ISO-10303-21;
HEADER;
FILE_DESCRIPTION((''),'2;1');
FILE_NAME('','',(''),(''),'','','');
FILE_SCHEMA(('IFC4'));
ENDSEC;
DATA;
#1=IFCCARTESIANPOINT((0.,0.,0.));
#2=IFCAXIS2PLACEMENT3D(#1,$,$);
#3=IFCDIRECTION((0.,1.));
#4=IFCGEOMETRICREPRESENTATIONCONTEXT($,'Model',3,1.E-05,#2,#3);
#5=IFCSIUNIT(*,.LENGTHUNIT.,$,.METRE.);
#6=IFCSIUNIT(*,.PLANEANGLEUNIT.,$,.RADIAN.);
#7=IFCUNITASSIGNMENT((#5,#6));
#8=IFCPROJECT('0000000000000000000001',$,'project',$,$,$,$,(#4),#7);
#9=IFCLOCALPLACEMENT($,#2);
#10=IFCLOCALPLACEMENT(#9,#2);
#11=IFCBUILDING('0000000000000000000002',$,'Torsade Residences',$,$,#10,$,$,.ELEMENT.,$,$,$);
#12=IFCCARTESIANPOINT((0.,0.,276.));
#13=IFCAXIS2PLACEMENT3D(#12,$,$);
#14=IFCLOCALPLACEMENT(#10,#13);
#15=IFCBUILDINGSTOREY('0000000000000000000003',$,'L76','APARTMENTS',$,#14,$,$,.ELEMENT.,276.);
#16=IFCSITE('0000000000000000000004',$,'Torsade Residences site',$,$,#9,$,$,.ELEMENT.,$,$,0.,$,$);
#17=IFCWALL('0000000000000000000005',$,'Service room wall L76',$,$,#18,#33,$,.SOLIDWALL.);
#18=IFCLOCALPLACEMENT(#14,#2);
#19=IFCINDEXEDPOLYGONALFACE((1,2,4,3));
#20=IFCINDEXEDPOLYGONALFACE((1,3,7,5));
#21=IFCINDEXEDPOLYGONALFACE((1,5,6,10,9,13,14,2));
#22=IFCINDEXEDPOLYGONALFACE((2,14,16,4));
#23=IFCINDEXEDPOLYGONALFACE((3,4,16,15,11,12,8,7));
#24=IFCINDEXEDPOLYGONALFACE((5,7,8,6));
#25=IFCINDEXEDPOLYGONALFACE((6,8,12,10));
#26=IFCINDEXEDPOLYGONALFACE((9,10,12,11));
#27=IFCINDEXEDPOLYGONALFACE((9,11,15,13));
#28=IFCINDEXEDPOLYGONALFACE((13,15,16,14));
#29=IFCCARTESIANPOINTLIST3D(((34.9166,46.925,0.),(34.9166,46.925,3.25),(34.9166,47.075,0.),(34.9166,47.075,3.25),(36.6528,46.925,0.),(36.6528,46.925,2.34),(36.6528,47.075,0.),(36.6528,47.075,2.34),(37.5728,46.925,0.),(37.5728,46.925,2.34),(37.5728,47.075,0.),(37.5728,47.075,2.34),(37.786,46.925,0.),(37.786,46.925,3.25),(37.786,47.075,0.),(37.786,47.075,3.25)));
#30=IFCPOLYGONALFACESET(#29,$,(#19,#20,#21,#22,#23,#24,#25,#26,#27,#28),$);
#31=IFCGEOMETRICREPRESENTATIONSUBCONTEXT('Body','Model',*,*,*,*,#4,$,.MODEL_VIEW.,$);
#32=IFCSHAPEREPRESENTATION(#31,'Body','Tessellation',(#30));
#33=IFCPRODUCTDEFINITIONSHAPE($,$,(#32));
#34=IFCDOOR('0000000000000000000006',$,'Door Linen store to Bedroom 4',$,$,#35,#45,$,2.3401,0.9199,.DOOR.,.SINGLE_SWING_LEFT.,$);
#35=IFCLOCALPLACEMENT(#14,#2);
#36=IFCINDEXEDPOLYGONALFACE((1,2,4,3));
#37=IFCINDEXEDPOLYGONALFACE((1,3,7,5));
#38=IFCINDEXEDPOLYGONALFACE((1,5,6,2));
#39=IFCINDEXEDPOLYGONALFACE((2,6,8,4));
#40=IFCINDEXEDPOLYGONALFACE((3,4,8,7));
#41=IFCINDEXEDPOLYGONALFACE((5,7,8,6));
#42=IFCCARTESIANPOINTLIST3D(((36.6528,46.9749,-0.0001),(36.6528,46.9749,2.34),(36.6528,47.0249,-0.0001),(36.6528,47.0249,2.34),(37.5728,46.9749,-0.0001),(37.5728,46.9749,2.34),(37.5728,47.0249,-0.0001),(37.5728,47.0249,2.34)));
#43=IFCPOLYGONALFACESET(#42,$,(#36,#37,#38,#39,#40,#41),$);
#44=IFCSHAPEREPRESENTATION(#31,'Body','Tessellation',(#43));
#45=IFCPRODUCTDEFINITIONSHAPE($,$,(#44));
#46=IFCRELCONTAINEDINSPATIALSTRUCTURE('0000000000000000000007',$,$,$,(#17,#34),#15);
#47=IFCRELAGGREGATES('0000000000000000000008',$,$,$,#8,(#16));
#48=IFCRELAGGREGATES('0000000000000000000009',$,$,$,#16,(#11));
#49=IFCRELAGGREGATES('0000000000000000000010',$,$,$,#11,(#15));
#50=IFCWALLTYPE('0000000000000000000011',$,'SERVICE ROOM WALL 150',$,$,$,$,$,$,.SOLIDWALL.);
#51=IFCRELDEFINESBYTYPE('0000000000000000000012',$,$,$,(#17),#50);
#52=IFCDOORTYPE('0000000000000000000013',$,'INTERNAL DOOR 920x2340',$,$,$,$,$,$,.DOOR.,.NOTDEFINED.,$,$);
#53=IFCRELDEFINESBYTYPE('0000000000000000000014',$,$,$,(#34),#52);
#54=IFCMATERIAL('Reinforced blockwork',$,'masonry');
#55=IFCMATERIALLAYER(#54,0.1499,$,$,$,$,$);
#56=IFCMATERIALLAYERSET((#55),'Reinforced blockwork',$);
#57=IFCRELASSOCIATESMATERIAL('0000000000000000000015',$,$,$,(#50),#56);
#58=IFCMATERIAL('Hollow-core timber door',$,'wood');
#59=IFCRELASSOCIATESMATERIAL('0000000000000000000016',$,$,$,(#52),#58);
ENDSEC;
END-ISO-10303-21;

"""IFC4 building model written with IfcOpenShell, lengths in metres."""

from ifc_helpers import new_model, si_unit, direction, frame, frame_2d, origin, place, context, subcontext, project, spatial, rectangle, extrude, material, layer, layer_set, type_object, element, fill, save


model = new_model("IFC4")

# Units and contexts
model_context = context("Model", 3, precision=1e-05, world=origin(), true_north=direction((0.0, 1.0)))
body_context = subcontext(model_context, "Body", "Model", "MODEL_VIEW")
ifc_project = project(units=[si_unit("LENGTHUNIT", "METRE"), si_unit("PLANEANGLEUNIT", "RADIAN")], contexts=[model_context])

# Site, building, storey
site_placement = place(None, origin())
site = spatial("IfcSite", under=ifc_project, at=site_placement, Name="Torsade Residences site", CompositionType="ELEMENT", RefElevation=0.0)
building_placement = place(site_placement, origin())
building = spatial("IfcBuilding", under=site, at=building_placement, Name="Torsade Residences", CompositionType="ELEMENT")
storey_placement = place(building_placement, frame((0.0, 0.0, 276.0)))
storey = spatial("IfcBuildingStorey", under=building, at=storey_placement, Name="L76", Description="APARTMENTS", CompositionType="ELEMENT", Elevation=276.0)

# Shared definitions
ifc_material_1 = material(Name="Reinforced blockwork", Category="masonry")
ifc_layer_1 = layer(ifc_material_1, 0.1499)
ifc_layer_set_1 = layer_set([ifc_layer_1], Name="Reinforced blockwork")
wall_type_1 = type_object("IfcWallType", Name="SERVICE ROOM WALL 150", PredefinedType="SOLIDWALL", material=ifc_layer_set_1)

# Wall, opening, door
wall_1_placement = place(storey_placement, frame((34.9167, 47.0, 0.0), z_axis=(0.0, 0.0, 1.0), x_axis=(1.0, 0.0, 0.0)))
wall_1 = element("IfcWall", 1, at=wall_1_placement, inside=storey, type_object=wall_type_1, Name="Service room wall L76", PredefinedType="SOLIDWALL", context=body_context, shape_type="SweptSolid", body=[
    extrude(rectangle(XDim=2.8694, YDim=0.1499, at=frame_2d((1.4346, 0.0))), origin(), (0.0, 0.0, 1.0), 3.25),
])
opening_1_placement = place(wall_1_placement, frame((1.7361, 0.0, 0.0)))
opening_1 = element("IfcOpeningElement", 2, at=opening_1_placement, cuts=wall_1, PredefinedType="OPENING", context=body_context, shape_type="SweptSolid", body=[
    extrude(rectangle(XDim=0.9199, YDim=2.3401, at=frame_2d((0.46, 1.1699))), frame((0.0, 0.085, 0.0), z_axis=(0.0, -1.0, 0.0), x_axis=(1.0, 0.0, 0.0)), (0.0, 0.0, 1.0), 0.1699),
])
ifc_material_2 = material(Name="Hollow-core timber door", Category="wood")
door_type_1 = type_object("IfcDoorType", Name="INTERNAL DOOR 920x2340", OperationType="NOTDEFINED", PredefinedType="DOOR", material=ifc_material_2)
door_1_placement = place(opening_1_placement, origin())
door_1 = element("IfcDoor", 3, at=door_1_placement, inside=storey, type_object=door_type_1, Name="Door Linen store to Bedroom 4", OperationType="SINGLE_SWING_LEFT", OverallHeight=2.3401, OverallWidth=0.9199, PredefinedType="DOOR", context=body_context, shape_type="SweptSolid", body=[
    extrude(rectangle(XDim=0.9199, YDim=2.3401, at=frame_2d((0.46, 1.1699))), frame((0.0, 0.0249, 0.0), z_axis=(0.0, -1.0, 0.0), x_axis=(1.0, 0.0, 0.0)), (0.0, 0.0, 1.0), 0.05),
])
fill(opening_1, door_1)

save(model, "model.ifc")
